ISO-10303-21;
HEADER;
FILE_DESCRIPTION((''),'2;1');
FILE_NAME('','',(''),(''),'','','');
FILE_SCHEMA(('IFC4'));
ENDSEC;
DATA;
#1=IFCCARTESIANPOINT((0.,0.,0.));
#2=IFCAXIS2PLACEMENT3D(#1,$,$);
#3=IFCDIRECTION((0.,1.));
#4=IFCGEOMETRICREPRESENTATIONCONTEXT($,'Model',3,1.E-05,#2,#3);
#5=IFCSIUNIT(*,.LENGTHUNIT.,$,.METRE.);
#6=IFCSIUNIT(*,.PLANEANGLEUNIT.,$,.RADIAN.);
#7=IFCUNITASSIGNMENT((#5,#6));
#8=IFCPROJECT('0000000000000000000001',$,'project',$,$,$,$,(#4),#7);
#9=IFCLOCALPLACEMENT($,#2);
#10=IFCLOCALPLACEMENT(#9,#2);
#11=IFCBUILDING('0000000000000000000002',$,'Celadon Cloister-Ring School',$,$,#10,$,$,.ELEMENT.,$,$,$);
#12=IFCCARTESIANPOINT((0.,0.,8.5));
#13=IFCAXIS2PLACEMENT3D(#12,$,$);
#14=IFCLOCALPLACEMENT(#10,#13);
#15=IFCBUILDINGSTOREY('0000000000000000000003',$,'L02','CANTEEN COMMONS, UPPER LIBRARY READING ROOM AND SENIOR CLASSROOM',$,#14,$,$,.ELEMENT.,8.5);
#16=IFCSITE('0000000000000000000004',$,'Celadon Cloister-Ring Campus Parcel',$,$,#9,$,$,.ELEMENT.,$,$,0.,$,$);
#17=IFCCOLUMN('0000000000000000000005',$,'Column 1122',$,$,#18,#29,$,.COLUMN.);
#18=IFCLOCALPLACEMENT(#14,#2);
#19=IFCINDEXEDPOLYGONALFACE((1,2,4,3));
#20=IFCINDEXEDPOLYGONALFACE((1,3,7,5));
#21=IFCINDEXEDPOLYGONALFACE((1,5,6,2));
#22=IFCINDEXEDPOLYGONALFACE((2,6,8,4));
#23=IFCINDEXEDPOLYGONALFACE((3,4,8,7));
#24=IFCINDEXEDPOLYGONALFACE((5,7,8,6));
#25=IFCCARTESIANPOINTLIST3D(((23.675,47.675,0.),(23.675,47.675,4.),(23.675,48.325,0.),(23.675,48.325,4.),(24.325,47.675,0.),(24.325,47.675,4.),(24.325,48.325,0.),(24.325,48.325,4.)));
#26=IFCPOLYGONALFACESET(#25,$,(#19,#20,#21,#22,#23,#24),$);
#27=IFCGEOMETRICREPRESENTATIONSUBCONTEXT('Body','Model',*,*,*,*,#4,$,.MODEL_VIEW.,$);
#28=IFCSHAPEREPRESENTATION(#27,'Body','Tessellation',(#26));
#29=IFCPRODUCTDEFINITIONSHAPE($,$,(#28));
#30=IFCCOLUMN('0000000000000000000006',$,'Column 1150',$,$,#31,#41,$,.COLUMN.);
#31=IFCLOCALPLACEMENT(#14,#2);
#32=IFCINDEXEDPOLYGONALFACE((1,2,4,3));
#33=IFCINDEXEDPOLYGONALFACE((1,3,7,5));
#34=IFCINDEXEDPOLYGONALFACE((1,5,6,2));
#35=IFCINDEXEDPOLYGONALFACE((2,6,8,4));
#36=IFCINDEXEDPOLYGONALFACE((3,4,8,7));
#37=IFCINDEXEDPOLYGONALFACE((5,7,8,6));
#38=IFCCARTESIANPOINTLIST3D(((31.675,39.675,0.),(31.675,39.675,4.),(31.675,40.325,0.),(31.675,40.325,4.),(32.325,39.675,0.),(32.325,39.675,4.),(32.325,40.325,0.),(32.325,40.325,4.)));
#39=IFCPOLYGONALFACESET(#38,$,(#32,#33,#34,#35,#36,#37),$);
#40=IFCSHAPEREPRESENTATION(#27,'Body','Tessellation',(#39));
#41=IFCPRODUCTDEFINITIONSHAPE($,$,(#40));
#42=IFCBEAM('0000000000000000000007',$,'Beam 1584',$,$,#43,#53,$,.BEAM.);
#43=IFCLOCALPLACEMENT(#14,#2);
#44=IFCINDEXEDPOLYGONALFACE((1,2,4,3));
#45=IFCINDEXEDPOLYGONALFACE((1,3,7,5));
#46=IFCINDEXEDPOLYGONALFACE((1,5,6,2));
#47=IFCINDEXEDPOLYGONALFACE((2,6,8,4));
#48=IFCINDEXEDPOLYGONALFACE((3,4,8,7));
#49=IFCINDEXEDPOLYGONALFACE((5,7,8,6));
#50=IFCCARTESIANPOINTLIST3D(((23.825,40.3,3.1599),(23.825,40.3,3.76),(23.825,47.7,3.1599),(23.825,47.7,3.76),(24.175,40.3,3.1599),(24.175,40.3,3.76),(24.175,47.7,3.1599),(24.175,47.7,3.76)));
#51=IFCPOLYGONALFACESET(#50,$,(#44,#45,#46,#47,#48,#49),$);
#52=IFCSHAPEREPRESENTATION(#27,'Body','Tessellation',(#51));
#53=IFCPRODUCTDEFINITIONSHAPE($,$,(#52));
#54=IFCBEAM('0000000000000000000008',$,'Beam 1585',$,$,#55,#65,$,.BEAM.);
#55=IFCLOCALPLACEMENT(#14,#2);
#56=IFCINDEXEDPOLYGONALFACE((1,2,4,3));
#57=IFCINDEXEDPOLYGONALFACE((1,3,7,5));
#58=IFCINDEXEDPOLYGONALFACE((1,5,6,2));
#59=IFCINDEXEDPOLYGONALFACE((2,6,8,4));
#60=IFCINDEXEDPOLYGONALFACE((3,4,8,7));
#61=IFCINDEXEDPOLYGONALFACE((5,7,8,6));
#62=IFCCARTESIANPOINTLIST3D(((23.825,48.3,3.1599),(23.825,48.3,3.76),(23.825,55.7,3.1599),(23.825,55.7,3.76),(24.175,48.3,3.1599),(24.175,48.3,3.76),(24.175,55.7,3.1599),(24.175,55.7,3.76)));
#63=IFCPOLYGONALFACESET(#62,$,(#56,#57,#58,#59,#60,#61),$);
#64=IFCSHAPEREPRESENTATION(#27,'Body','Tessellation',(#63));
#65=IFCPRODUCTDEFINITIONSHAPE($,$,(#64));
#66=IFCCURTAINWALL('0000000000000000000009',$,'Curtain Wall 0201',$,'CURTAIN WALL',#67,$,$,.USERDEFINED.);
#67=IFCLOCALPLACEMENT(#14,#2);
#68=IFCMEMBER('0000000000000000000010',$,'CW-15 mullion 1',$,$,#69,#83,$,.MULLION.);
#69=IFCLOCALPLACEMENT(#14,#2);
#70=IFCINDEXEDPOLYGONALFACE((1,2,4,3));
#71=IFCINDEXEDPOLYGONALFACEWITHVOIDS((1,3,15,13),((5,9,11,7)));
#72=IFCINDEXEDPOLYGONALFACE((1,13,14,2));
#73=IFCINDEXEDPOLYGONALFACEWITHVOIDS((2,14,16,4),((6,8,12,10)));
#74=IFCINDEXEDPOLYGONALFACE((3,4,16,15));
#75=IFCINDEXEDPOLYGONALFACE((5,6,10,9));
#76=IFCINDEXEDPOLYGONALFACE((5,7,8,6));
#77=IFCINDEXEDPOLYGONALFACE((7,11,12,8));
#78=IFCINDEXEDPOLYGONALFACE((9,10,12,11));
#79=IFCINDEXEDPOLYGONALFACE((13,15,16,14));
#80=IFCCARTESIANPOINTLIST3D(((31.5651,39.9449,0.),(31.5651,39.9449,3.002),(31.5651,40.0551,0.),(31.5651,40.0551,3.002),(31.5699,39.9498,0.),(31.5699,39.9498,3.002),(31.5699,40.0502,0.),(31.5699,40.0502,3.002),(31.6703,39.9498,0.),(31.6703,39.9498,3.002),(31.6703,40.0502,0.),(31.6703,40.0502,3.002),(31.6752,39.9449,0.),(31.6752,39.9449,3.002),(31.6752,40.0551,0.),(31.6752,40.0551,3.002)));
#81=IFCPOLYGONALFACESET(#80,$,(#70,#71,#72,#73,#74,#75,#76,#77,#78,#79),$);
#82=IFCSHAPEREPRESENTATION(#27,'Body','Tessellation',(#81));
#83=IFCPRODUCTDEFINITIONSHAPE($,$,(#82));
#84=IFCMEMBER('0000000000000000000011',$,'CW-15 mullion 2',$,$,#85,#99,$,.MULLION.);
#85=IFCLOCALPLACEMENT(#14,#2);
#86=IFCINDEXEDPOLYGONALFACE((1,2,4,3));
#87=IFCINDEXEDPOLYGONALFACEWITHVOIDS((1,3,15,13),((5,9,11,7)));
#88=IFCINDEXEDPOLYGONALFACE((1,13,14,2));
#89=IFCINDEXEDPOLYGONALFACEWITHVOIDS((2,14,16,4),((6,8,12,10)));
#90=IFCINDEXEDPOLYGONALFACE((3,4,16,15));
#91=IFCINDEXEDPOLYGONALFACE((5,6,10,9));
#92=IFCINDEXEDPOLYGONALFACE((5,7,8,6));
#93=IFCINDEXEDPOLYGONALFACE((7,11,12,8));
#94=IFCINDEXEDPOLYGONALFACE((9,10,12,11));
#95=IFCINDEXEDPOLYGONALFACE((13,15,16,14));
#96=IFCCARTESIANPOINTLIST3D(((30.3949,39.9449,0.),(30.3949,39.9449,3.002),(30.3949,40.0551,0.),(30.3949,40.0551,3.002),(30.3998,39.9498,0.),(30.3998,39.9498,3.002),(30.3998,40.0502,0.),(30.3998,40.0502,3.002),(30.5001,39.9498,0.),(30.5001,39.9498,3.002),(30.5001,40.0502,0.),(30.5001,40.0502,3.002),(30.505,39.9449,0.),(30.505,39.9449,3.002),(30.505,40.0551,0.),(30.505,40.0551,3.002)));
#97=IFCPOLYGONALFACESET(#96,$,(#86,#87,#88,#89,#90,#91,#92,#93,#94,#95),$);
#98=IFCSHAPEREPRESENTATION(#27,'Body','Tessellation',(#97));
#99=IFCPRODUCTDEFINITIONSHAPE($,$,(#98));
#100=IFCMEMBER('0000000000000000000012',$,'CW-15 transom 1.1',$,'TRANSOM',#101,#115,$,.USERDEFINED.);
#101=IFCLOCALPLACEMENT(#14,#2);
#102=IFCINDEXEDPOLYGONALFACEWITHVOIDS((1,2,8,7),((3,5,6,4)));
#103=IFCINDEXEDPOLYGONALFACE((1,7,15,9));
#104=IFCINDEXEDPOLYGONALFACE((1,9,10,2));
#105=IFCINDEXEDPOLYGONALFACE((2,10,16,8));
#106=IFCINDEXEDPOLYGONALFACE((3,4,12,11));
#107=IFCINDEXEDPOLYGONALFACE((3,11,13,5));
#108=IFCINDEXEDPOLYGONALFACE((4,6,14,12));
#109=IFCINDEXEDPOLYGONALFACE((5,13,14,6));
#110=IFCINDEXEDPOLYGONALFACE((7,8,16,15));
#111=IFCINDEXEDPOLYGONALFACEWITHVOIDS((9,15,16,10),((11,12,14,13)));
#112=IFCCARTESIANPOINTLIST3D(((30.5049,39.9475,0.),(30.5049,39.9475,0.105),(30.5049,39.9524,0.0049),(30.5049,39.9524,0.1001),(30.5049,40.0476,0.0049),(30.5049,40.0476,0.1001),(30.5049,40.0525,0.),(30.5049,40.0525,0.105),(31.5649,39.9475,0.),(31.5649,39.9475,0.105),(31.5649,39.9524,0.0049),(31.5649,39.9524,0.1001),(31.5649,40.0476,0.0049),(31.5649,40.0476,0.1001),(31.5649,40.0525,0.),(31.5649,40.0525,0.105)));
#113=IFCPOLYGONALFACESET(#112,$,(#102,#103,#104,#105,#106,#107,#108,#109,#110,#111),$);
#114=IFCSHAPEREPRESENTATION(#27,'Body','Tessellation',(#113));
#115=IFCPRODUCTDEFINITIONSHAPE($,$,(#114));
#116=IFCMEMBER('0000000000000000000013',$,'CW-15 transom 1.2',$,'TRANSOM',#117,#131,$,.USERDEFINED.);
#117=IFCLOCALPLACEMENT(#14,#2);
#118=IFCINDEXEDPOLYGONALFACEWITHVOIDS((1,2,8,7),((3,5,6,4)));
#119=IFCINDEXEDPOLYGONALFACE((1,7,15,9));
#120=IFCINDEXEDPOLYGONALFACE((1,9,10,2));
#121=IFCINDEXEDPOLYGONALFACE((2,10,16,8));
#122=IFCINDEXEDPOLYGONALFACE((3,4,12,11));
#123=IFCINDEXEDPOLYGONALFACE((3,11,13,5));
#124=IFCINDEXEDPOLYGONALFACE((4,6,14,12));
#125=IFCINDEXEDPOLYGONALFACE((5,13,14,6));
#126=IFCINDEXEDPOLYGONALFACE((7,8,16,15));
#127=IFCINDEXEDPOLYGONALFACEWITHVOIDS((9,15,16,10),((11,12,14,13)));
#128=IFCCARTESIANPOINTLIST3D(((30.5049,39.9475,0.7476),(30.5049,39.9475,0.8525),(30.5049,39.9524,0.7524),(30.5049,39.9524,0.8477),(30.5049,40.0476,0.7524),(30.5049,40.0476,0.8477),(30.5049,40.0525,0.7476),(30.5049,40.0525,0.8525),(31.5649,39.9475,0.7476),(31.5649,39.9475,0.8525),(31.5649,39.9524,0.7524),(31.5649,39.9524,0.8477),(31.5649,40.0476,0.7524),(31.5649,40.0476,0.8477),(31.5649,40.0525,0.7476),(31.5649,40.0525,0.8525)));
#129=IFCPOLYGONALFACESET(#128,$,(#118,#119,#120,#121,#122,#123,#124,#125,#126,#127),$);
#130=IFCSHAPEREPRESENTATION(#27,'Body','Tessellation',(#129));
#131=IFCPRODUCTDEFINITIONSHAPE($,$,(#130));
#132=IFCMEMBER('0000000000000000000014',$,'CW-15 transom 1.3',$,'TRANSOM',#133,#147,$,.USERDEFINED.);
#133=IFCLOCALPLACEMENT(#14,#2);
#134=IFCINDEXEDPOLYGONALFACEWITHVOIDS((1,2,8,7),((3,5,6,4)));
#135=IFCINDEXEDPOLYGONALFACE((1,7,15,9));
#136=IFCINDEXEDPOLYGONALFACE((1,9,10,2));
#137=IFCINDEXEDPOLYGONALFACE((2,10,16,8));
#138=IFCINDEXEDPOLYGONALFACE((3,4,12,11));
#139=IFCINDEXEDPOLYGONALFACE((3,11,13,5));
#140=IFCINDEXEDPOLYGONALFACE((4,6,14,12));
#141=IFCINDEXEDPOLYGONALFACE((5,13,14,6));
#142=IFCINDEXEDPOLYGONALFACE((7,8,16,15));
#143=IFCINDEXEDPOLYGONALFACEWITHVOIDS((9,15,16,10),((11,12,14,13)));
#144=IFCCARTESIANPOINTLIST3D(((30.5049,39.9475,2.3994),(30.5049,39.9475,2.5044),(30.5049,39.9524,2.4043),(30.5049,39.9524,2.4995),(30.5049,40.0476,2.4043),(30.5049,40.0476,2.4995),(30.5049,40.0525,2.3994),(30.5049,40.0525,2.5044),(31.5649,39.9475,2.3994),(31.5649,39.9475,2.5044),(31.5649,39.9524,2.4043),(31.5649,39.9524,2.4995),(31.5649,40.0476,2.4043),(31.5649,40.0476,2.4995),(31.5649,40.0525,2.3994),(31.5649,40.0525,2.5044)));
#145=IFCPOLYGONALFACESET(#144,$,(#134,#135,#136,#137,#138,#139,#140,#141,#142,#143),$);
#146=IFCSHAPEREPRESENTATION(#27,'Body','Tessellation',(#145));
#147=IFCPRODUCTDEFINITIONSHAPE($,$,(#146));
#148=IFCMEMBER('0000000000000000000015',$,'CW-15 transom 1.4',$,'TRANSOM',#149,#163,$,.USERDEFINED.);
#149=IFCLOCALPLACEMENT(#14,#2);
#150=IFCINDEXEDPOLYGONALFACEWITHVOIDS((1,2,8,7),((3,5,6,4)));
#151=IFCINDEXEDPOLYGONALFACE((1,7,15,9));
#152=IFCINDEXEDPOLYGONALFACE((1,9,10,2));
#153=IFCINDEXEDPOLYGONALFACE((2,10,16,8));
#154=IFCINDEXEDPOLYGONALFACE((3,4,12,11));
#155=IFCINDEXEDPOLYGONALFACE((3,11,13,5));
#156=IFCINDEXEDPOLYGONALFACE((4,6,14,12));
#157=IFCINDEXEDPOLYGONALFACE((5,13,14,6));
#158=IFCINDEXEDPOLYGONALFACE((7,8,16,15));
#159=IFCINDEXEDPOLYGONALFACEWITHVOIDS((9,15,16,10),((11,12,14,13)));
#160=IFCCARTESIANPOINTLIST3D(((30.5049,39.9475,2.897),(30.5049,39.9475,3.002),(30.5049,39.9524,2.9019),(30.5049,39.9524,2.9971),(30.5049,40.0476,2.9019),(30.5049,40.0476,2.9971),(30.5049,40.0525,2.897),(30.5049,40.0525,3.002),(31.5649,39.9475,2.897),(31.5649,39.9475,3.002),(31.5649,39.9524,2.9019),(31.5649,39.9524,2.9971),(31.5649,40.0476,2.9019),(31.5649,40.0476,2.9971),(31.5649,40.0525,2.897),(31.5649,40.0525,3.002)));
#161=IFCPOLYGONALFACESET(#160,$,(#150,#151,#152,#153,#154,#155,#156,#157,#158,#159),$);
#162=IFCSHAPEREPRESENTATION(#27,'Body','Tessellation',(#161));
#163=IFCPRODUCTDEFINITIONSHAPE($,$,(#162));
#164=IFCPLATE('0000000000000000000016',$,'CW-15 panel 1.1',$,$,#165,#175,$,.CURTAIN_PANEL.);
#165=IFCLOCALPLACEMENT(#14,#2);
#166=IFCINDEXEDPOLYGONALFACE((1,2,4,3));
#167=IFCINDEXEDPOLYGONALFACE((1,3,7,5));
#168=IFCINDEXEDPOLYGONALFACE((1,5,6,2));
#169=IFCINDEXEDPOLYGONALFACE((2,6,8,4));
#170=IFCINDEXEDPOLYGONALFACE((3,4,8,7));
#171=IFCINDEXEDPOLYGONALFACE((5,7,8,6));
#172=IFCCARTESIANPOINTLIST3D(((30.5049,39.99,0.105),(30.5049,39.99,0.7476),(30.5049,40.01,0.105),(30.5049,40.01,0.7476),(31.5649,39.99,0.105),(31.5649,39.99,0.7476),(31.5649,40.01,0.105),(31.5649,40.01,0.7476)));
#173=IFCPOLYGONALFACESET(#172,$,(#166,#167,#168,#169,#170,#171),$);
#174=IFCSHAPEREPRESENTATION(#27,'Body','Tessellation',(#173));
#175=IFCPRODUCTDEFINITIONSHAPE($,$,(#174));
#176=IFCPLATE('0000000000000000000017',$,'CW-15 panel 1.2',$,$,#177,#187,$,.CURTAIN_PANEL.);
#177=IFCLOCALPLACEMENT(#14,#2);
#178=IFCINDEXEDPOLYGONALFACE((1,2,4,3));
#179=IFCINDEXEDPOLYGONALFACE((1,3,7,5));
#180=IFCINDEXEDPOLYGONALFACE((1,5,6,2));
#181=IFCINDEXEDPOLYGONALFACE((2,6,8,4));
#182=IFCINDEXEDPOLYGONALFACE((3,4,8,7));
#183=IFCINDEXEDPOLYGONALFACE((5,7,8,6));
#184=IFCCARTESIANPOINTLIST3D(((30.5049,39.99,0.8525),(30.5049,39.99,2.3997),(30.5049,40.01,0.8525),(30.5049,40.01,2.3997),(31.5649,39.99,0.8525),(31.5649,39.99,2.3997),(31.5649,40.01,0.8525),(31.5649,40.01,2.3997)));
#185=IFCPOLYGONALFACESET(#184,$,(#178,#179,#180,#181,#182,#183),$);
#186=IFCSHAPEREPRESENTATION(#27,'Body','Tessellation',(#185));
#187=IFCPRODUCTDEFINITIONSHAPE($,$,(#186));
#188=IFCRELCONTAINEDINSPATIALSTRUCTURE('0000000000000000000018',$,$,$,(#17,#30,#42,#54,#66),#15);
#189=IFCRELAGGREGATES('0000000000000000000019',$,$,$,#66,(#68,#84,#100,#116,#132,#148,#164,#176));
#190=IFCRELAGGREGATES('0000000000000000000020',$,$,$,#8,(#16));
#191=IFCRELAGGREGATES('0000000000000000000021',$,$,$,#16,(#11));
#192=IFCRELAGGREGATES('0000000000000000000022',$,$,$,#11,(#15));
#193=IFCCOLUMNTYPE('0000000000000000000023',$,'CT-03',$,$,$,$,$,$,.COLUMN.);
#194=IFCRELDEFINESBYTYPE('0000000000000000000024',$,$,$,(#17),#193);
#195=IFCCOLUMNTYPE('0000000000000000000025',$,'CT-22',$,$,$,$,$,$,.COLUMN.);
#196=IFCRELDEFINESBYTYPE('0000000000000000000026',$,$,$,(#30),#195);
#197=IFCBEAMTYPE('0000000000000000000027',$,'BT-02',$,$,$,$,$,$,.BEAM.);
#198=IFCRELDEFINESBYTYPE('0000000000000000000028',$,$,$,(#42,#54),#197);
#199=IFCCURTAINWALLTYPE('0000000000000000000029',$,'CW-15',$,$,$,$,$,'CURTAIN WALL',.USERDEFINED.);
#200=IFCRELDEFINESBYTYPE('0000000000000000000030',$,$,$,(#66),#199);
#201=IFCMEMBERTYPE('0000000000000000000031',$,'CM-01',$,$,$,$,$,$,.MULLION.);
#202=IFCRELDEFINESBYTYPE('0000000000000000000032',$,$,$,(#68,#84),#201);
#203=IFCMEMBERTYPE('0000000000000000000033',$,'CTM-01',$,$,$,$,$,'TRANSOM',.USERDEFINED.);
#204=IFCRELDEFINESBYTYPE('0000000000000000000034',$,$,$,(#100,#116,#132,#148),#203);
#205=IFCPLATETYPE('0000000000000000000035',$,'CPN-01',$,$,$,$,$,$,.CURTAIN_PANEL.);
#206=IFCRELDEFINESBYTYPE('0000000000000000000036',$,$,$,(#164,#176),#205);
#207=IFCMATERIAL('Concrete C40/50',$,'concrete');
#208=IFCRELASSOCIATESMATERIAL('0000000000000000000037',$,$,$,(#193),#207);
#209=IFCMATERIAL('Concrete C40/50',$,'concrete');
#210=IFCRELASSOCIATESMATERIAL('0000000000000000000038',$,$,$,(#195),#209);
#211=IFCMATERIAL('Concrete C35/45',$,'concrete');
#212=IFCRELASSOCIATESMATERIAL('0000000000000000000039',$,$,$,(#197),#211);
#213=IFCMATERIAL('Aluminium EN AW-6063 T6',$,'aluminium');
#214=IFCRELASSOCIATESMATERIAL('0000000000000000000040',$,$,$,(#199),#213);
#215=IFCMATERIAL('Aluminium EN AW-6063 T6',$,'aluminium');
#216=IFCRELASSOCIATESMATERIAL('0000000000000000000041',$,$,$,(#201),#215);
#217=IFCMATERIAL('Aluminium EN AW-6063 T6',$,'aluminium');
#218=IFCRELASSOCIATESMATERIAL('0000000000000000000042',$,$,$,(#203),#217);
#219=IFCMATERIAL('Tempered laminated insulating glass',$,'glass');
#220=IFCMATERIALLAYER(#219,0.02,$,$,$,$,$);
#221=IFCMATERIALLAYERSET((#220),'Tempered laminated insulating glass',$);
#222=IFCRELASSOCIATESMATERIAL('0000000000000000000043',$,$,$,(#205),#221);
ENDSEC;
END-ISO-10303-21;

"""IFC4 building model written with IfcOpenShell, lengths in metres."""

from ifc_helpers import new_model, si_unit, direction, frame, origin, origin_2d, place, context, subcontext, project, spatial, rectangle, hollow_rectangle, extrude, material, layer, layer_set, material_profile, profile_set, type_object, element, aggregate, save


model = new_model("IFC4")

# Units and contexts
model_context = context("Model", 3, precision=1e-05, world=origin(), true_north=direction((0.0, 1.0)))
body_context = subcontext(model_context, "Body", "Model", "MODEL_VIEW")
ifc_project = project(units=[si_unit("LENGTHUNIT", "METRE"), si_unit("PLANEANGLEUNIT", "RADIAN")], contexts=[model_context])

# Site, building, storey
site_placement = place(None, origin())
site = spatial("IfcSite", under=ifc_project, at=site_placement, Name="Celadon Cloister-Ring Campus Parcel", CompositionType="ELEMENT", RefElevation=0.0)
building_placement = place(site_placement, origin())
building = spatial("IfcBuilding", under=site, at=building_placement, Name="Celadon Cloister-Ring School", CompositionType="ELEMENT")
storey_placement = place(building_placement, frame((0.0, 0.0, 8.5)))
storey = spatial("IfcBuildingStorey", under=building, at=storey_placement, Name="L02", Description="CANTEEN COMMONS, UPPER LIBRARY READING ROOM AND SENIOR CLASSROOM", CompositionType="ELEMENT", Elevation=8.5)

# Columns
ifc_material_1 = material(Name="Concrete C40/50", Category="concrete")
ifc_material_profile_1 = material_profile(ifc_material_1, rectangle(XDim=0.6499, YDim=0.6499, at=origin_2d()), Name="RC650X650")
ifc_profile_set_1 = profile_set([ifc_material_profile_1], Name="Concrete C40/50")
column_type_1 = type_object("IfcColumnType", Name="CT-03", PredefinedType="COLUMN", material=ifc_profile_set_1)
column_1_placement = place(storey_placement, frame((24.0, 48.0, 0.0), z_axis=(0.0, 0.0, 1.0), x_axis=(1.0, 0.0, 0.0)))
element("IfcColumn", 1, at=column_1_placement, inside=storey, type_object=column_type_1, Name="Column 1122", PredefinedType="COLUMN", context=body_context, shape_type="SweptSolid", body=[
    extrude(rectangle(XDim=0.6499, YDim=0.6499, at=origin_2d()), origin(), (0.0, 0.0, 1.0), 4.0),
])
ifc_material_2 = material(Name="Concrete C40/50", Category="concrete")
ifc_material_profile_2 = material_profile(ifc_material_2, rectangle(XDim=0.6499, YDim=0.6499, at=origin_2d()), Name="RC650X650")
ifc_profile_set_2 = profile_set([ifc_material_profile_2], Name="Concrete C40/50")
column_type_2 = type_object("IfcColumnType", Name="CT-22", PredefinedType="COLUMN", material=ifc_profile_set_2)
column_2_placement = place(storey_placement, frame((32.0, 40.0, 0.0), z_axis=(0.0, 0.0, 1.0), x_axis=(1.0, 0.0, 0.0)))
element("IfcColumn", 2, at=column_2_placement, inside=storey, type_object=column_type_2, Name="Column 1150", PredefinedType="COLUMN", context=body_context, shape_type="SweptSolid", body=[
    extrude(rectangle(XDim=0.6499, YDim=0.6499, at=origin_2d()), origin(), (0.0, 0.0, 1.0), 4.0),
])

# Beams
ifc_material_3 = material(Name="Concrete C35/45", Category="concrete")
ifc_material_profile_3 = material_profile(ifc_material_3, rectangle(XDim=0.3501, YDim=0.6001, at=origin_2d()), Name="RC350X600")
ifc_profile_set_3 = profile_set([ifc_material_profile_3], Name="Concrete C35/45")
beam_type = type_object("IfcBeamType", Name="BT-02", PredefinedType="BEAM", material=ifc_profile_set_3)
for number, where, z_axis, x_axis, name in (
    (3, (24.0, 40.3, 3.46), (0.0, 1.0, 0.0), (-1.0, 0.0, 0.0), "Beam 1584"),
    (4, (24.0, 48.3, 3.46), (0.0, 1.0, 0.0), (-1.0, 0.0, 0.0), "Beam 1585"),
):
    element("IfcBeam", number, at=place(storey_placement, frame(where, z_axis=z_axis, x_axis=x_axis)), inside=storey, type_object=beam_type, Name=name, PredefinedType="BEAM", context=body_context, shape_type="SweptSolid", body=[
        extrude(rectangle(XDim=0.3501, YDim=0.6001, at=origin_2d()), origin(), (0.0, 0.0, 1.0), 7.3999),
    ])

# Curtain wall, members, plates
ifc_material_4 = material(Name="Aluminium EN AW-6063 T6", Category="aluminium")
curtain_wall_type = type_object("IfcCurtainWallType", Name="CW-15", ElementType="CURTAIN WALL", PredefinedType="USERDEFINED", material=ifc_material_4)
curtain_wall_placement = place(storey_placement, origin())
curtain_wall = element("IfcCurtainWall", 5, at=curtain_wall_placement, inside=storey, type_object=curtain_wall_type, Name="Curtain Wall 0201", ObjectType="CURTAIN WALL", PredefinedType="USERDEFINED")
ifc_material_5 = material(Name="Aluminium EN AW-6063 T6", Category="aluminium")
ifc_material_profile_4 = material_profile(ifc_material_5, hollow_rectangle(XDim=0.1101, YDim=0.1101, WallThickness=0.0049, at=origin_2d()), Name="RHS110X110X5")
ifc_profile_set_4 = profile_set([ifc_material_profile_4], Name="Aluminium EN AW-6063 T6")
member_type_1 = type_object("IfcMemberType", Name="CM-01", PredefinedType="MULLION", material=ifc_profile_set_4)
member_1_placement = place(storey_placement, frame((31.6201, 40.0, 0.0), z_axis=(0.0, 0.0, 1.0), x_axis=(0.0, -1.0, 0.0)))
member_1 = element("IfcMember", 6, at=member_1_placement, type_object=member_type_1, Name="CW-15 mullion 1", PredefinedType="MULLION", context=body_context, shape_type="SweptSolid", body=[
    extrude(hollow_rectangle(XDim=0.1101, YDim=0.1101, WallThickness=0.0049, at=origin_2d()), origin(), (0.0, 0.0, 1.0), 3.002),
])
member_2_placement = place(storey_placement, frame((30.45, 40.0, 0.0), z_axis=(0.0, 0.0, 1.0), x_axis=(0.0, -1.0, 0.0)))
member_2 = element("IfcMember", 7, at=member_2_placement, type_object=member_type_1, Name="CW-15 mullion 2", PredefinedType="MULLION", context=body_context, shape_type="SweptSolid", body=[
    extrude(hollow_rectangle(XDim=0.1101, YDim=0.1101, WallThickness=0.0049, at=origin_2d()), origin(), (0.0, 0.0, 1.0), 3.002),
])
ifc_material_6 = material(Name="Aluminium EN AW-6063 T6", Category="aluminium")
ifc_material_profile_5 = material_profile(ifc_material_6, hollow_rectangle(XDim=0.105, YDim=0.105, WallThickness=0.0049, at=origin_2d()), Name="RHS105X105X5")
ifc_profile_set_5 = profile_set([ifc_material_profile_5], Name="Aluminium EN AW-6063 T6")
member_type_2 = type_object("IfcMemberType", Name="CTM-01", ElementType="TRANSOM", PredefinedType="USERDEFINED", material=ifc_profile_set_5)
member_3_placement = place(storey_placement, frame((31.5649, 40.0, 0.0525), z_axis=(-1.0, 0.0, 0.0), x_axis=(0.0, -1.0, 0.0)))
member_3 = element("IfcMember", 8, at=member_3_placement, type_object=member_type_2, Name="CW-15 transom 1.1", ObjectType="TRANSOM", PredefinedType="USERDEFINED", context=body_context, shape_type="SweptSolid", body=[
    extrude(hollow_rectangle(XDim=0.105, YDim=0.105, WallThickness=0.0049, at=origin_2d()), origin(), (0.0, 0.0, 1.0), 1.0601),
])
member_4_placement = place(storey_placement, frame((31.5649, 40.0, 0.8), z_axis=(-1.0, 0.0, 0.0), x_axis=(0.0, -1.0, 0.0)))
member_4 = element("IfcMember", 9, at=member_4_placement, type_object=member_type_2, Name="CW-15 transom 1.2", ObjectType="TRANSOM", PredefinedType="USERDEFINED", context=body_context, shape_type="SweptSolid", body=[
    extrude(hollow_rectangle(XDim=0.105, YDim=0.105, WallThickness=0.0049, at=origin_2d()), origin(), (0.0, 0.0, 1.0), 1.0601),
])
member_5_placement = place(storey_placement, frame((31.5649, 40.0, 2.4519), z_axis=(-1.0, 0.0, 0.0), x_axis=(0.0, -1.0, 0.0)))
member_5 = element("IfcMember", 10, at=member_5_placement, type_object=member_type_2, Name="CW-15 transom 1.3", ObjectType="TRANSOM", PredefinedType="USERDEFINED", context=body_context, shape_type="SweptSolid", body=[
    extrude(hollow_rectangle(XDim=0.105, YDim=0.105, WallThickness=0.0049, at=origin_2d()), origin(), (0.0, 0.0, 1.0), 1.0601),
])
member_6_placement = place(storey_placement, frame((31.5649, 40.0, 2.9495), z_axis=(-1.0, 0.0, 0.0), x_axis=(0.0, -1.0, 0.0)))
member_6 = element("IfcMember", 11, at=member_6_placement, type_object=member_type_2, Name="CW-15 transom 1.4", ObjectType="TRANSOM", PredefinedType="USERDEFINED", context=body_context, shape_type="SweptSolid", body=[
    extrude(hollow_rectangle(XDim=0.105, YDim=0.105, WallThickness=0.0049, at=origin_2d()), origin(), (0.0, 0.0, 1.0), 1.0601),
])
ifc_material_7 = material(Name="Tempered laminated insulating glass", Category="glass")
ifc_layer_1 = layer(ifc_material_7, 0.02)
ifc_layer_set_1 = layer_set([ifc_layer_1], Name="Tempered laminated insulating glass")
plate_type = type_object("IfcPlateType", Name="CPN-01", PredefinedType="CURTAIN_PANEL", material=ifc_layer_set_1)
plate_1_placement = place(storey_placement, frame((31.0349, 40.0, 0.105), z_axis=(0.0, 0.0, 1.0), x_axis=(-1.0, 0.0, 0.0)))
plate_1 = element("IfcPlate", 12, at=plate_1_placement, type_object=plate_type, Name="CW-15 panel 1.1", PredefinedType="CURTAIN_PANEL", context=body_context, shape_type="SweptSolid", body=[
    extrude(rectangle(XDim=1.0601, YDim=0.02, at=origin_2d()), origin(), (0.0, 0.0, 1.0), 0.6426),
])
plate_2_placement = place(storey_placement, frame((31.0349, 40.0, 0.8525), z_axis=(0.0, 0.0, 1.0), x_axis=(-1.0, 0.0, 0.0)))
plate_2 = element("IfcPlate", 13, at=plate_2_placement, type_object=plate_type, Name="CW-15 panel 1.2", PredefinedType="CURTAIN_PANEL", context=body_context, shape_type="SweptSolid", body=[
    extrude(rectangle(XDim=1.0601, YDim=0.02, at=origin_2d()), origin(), (0.0, 0.0, 1.0), 1.5471),
])
aggregate(curtain_wall, [member_1, member_2, member_3, member_4, member_5, member_6, plate_1, plate_2])

save(model, "model.ifc")
